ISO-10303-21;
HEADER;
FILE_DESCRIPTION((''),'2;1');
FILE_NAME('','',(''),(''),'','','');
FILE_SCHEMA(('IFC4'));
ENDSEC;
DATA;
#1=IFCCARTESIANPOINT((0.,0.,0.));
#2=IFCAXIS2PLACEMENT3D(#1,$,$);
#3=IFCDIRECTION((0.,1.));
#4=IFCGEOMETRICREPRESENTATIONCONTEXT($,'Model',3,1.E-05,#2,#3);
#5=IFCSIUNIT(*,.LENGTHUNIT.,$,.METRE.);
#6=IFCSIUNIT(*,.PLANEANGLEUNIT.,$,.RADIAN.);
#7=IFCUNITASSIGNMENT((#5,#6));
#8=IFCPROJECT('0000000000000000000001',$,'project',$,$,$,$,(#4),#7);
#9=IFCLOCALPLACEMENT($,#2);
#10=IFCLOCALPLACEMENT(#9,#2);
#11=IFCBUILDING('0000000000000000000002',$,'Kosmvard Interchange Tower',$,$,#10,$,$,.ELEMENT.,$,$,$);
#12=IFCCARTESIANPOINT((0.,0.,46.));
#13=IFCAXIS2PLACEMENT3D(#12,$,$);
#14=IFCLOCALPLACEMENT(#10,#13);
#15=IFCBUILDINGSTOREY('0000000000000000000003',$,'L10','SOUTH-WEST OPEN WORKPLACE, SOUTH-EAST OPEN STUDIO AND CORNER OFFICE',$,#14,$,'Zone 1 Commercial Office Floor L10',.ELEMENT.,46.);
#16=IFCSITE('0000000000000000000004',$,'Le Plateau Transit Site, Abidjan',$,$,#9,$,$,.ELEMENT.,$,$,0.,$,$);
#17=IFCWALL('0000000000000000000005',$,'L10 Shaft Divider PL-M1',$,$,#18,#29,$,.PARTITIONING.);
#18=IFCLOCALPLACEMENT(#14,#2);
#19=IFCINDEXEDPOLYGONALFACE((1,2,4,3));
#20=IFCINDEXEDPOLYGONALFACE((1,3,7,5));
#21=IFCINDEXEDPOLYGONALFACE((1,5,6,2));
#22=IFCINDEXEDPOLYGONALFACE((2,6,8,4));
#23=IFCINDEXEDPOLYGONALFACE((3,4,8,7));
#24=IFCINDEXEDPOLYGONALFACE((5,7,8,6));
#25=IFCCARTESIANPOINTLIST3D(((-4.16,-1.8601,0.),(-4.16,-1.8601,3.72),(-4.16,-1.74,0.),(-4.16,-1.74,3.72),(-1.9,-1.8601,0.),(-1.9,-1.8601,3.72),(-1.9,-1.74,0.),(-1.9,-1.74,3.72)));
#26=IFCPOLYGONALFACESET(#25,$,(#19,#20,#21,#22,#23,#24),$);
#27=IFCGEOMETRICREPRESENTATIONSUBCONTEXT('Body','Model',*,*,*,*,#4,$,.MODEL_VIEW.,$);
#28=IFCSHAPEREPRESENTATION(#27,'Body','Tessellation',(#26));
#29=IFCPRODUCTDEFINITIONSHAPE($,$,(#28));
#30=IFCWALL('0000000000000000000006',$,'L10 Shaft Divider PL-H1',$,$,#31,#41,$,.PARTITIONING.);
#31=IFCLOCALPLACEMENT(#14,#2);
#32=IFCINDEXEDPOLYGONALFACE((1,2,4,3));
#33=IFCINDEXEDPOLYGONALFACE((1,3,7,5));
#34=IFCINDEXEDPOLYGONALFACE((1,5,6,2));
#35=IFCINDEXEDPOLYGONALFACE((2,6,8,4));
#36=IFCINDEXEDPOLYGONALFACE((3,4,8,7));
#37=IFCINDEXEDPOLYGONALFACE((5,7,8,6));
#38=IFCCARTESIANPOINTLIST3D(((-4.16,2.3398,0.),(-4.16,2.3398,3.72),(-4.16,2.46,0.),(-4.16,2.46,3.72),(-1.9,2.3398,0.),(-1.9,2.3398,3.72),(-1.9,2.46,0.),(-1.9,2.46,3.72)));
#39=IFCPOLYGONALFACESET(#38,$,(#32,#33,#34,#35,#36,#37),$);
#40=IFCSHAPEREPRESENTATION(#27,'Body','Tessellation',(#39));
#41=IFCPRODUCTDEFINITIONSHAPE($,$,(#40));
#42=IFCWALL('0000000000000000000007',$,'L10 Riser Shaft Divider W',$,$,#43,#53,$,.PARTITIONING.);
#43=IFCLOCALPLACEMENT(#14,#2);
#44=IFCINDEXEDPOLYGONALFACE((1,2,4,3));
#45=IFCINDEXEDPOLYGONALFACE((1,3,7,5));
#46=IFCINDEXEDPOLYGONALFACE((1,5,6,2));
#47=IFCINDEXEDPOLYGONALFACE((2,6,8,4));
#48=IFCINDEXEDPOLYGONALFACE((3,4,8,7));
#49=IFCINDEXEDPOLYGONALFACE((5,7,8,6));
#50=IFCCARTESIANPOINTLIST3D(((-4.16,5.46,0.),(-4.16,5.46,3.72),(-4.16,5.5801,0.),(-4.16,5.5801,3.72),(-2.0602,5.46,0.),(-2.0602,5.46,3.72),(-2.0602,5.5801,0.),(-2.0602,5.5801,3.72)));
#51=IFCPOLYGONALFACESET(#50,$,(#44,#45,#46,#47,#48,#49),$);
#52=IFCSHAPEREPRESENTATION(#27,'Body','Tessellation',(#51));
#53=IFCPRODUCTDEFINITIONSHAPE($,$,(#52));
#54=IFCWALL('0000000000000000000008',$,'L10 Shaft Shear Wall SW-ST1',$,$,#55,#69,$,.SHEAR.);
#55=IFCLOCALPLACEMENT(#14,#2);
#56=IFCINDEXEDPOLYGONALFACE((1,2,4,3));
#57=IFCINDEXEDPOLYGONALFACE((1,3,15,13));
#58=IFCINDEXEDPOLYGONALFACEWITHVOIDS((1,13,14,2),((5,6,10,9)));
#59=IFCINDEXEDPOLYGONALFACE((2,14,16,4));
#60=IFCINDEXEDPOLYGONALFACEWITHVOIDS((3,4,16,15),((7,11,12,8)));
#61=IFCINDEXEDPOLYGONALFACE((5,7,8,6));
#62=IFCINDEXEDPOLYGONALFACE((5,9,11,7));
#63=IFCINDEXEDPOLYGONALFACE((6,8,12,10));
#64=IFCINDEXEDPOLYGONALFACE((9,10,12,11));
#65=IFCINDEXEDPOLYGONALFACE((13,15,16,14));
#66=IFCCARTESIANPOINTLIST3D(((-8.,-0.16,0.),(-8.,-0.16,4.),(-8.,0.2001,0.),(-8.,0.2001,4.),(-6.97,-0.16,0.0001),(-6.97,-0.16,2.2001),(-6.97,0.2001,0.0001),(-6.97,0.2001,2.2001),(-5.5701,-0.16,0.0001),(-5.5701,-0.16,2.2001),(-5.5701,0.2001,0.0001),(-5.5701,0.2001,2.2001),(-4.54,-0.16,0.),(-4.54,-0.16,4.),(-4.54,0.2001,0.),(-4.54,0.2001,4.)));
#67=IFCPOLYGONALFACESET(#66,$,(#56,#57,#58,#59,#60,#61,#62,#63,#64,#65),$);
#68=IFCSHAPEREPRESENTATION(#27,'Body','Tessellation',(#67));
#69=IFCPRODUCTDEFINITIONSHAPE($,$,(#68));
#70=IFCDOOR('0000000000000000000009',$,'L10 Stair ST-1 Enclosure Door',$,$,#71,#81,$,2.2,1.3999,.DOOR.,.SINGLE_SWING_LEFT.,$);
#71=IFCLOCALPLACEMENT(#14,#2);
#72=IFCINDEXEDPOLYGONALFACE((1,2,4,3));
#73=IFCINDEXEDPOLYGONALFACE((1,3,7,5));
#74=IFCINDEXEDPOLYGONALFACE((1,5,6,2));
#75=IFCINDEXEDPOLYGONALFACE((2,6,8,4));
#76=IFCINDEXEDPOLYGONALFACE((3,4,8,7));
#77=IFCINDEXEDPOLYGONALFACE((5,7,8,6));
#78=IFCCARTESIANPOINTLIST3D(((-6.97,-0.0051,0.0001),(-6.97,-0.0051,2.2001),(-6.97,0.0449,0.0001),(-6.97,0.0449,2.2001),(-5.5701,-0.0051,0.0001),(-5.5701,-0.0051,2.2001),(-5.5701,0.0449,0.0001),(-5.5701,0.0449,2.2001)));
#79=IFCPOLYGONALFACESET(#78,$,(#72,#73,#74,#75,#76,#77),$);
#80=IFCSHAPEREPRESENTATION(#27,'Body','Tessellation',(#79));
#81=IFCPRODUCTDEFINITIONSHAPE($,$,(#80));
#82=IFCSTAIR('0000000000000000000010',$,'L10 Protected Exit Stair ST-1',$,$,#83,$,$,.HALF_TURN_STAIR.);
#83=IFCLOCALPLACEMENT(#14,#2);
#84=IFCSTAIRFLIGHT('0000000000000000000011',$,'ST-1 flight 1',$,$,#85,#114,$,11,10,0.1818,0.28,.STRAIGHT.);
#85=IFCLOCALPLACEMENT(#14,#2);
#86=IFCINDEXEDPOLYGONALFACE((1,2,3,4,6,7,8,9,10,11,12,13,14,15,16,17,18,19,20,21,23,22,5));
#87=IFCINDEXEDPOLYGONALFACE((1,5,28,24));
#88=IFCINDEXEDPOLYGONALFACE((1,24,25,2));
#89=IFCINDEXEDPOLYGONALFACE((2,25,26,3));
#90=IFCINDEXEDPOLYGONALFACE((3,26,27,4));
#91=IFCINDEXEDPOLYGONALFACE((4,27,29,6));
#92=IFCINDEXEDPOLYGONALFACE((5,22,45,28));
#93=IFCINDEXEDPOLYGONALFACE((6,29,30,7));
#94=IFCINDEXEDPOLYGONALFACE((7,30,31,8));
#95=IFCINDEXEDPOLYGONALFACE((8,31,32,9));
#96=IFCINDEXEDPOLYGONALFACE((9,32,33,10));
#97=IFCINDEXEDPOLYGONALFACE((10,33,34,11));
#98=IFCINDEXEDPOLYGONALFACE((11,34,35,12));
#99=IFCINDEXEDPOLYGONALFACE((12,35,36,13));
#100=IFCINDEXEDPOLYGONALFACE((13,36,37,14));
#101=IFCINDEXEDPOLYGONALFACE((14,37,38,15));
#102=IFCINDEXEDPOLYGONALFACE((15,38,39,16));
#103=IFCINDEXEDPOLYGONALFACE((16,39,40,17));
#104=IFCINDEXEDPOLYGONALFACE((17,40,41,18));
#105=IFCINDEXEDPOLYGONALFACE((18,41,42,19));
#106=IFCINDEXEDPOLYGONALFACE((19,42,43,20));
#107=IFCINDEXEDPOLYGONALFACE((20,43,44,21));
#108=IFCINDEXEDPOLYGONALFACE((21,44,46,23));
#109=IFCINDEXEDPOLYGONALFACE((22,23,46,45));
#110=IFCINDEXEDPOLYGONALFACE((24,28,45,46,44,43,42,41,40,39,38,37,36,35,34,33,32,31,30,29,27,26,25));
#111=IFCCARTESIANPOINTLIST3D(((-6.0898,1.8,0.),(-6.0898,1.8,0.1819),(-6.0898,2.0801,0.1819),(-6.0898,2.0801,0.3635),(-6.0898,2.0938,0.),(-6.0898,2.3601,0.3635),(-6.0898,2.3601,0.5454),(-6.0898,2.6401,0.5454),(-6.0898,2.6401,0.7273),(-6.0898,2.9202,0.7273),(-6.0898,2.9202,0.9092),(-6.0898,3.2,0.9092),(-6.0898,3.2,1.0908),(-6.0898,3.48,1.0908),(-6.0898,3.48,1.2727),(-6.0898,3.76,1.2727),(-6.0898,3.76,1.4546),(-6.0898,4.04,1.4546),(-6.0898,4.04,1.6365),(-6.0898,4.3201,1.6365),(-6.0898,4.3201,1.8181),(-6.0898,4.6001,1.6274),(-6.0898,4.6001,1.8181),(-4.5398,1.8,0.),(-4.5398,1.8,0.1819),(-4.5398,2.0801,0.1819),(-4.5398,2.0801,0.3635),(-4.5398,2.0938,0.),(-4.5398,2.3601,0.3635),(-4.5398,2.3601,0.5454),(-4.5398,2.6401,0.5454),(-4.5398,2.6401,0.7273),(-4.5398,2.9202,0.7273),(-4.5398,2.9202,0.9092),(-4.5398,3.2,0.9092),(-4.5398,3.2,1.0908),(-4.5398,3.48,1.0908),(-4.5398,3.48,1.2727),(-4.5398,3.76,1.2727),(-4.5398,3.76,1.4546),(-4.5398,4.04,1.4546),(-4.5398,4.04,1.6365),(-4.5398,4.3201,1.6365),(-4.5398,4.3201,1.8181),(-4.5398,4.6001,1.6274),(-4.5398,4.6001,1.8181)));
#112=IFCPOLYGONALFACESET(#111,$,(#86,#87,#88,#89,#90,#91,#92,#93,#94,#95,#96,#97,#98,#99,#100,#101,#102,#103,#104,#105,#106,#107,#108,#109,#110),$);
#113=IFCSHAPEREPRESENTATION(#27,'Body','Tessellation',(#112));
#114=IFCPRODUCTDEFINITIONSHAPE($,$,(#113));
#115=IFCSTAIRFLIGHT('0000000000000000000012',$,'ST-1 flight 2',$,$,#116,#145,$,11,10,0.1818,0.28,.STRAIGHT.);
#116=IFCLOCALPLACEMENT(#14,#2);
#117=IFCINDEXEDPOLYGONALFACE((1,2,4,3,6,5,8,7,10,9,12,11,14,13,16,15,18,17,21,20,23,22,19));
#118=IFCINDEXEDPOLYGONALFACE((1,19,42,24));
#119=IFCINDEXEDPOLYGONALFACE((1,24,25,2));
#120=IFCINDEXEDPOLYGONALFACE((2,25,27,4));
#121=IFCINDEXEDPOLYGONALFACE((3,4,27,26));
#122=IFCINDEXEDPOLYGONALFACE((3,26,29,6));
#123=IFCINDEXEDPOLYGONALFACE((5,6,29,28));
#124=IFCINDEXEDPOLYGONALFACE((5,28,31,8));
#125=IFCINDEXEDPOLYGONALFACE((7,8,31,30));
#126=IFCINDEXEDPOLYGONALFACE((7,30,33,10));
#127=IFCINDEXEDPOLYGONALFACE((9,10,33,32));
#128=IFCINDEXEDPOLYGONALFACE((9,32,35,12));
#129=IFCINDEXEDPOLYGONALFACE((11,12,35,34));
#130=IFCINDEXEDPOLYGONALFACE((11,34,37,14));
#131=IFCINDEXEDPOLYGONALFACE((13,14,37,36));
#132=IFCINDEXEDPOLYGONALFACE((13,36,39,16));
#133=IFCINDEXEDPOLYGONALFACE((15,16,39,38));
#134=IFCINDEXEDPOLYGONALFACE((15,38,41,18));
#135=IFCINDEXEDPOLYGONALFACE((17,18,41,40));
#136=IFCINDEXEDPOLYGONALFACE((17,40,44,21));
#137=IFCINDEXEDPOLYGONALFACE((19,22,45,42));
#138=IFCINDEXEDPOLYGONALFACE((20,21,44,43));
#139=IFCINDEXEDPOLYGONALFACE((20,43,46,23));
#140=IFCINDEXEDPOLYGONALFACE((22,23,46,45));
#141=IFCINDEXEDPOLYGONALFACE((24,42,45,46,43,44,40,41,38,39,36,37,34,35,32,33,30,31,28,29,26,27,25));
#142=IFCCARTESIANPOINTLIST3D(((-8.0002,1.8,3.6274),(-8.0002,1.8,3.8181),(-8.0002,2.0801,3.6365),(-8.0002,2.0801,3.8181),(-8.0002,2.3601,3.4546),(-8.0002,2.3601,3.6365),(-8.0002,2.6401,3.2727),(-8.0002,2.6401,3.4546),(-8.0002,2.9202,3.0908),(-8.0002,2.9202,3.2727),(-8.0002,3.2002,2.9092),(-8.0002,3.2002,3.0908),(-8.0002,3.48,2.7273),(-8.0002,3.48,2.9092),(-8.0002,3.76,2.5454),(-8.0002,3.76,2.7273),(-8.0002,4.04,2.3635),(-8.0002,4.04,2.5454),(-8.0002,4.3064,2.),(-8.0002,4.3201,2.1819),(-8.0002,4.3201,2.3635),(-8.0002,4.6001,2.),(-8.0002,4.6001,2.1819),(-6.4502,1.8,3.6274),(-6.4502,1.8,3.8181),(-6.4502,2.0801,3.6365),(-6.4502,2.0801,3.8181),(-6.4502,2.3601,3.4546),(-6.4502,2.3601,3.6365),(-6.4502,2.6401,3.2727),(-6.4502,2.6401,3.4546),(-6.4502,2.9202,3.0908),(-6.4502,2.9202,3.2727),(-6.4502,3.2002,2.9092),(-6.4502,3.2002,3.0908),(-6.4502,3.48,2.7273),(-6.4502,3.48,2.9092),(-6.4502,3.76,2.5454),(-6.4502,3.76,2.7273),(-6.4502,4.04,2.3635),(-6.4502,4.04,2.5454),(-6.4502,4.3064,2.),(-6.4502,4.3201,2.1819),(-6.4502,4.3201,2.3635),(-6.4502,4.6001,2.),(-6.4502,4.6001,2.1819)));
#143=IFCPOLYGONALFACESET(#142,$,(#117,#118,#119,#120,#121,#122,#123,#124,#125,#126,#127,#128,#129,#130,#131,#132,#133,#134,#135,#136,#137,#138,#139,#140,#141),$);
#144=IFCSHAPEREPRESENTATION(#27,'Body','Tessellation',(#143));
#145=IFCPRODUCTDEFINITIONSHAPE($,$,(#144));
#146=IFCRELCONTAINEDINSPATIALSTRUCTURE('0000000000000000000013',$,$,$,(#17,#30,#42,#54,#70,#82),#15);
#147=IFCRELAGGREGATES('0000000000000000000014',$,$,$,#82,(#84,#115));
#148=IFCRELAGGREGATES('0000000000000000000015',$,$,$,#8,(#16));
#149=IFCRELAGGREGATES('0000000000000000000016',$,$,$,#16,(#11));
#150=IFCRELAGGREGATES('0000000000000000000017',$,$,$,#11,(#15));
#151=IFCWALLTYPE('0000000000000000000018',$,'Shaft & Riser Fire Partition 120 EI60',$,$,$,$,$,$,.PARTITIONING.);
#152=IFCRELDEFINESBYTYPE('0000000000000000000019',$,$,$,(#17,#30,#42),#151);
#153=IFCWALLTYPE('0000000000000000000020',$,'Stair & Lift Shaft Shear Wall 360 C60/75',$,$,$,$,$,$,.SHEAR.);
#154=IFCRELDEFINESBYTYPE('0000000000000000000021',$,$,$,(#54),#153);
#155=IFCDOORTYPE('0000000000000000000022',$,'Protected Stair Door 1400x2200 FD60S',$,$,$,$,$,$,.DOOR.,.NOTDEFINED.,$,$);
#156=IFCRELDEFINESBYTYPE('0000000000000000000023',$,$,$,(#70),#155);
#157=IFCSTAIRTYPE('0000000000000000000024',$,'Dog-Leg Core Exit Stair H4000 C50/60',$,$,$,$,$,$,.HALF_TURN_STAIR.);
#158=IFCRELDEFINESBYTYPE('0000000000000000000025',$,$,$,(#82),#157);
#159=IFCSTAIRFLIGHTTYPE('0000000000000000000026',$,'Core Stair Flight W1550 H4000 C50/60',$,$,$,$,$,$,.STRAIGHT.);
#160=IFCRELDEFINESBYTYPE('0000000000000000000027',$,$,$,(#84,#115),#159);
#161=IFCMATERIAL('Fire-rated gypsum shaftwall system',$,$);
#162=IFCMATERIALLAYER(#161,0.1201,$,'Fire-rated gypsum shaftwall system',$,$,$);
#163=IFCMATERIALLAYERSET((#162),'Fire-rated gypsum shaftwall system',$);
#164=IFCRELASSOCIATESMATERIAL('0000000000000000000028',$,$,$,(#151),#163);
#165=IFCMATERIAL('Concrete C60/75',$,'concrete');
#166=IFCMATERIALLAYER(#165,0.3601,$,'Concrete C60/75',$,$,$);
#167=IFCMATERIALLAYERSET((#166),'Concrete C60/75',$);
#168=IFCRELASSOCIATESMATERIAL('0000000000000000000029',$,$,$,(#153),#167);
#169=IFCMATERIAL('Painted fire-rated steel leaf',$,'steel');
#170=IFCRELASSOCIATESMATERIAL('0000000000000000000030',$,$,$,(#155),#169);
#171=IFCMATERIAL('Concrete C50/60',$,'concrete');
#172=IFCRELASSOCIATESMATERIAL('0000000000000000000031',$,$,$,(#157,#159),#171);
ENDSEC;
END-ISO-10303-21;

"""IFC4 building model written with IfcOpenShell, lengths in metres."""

from ifc_helpers import new_model, si_unit, direction, frame, frame_2d, origin, place, context, subcontext, project, spatial, polyline, rectangle, outline, extrude, source, transform, mapped, material, layer, layer_set, type_object, element, fill, aggregate, save


model = new_model("IFC4")

# Units and contexts
model_context = context("Model", 3, precision=1e-05, world=origin(), true_north=direction((0.0, 1.0)))
body_context = subcontext(model_context, "Body", "Model", "MODEL_VIEW")
ifc_project = project(units=[si_unit("LENGTHUNIT", "METRE"), si_unit("PLANEANGLEUNIT", "RADIAN")], contexts=[model_context])

# Site, building, storey
site_placement = place(None, origin())
site = spatial("IfcSite", under=ifc_project, at=site_placement, Name="Le Plateau Transit Site, Abidjan", CompositionType="ELEMENT", RefElevation=0.0)
building_placement = place(site_placement, origin())
building = spatial("IfcBuilding", under=site, at=building_placement, Name="Kosmvard Interchange Tower", CompositionType="ELEMENT")
storey_placement = place(building_placement, frame((0.0, 0.0, 46.0)))
storey = spatial("IfcBuildingStorey", under=building, at=storey_placement, Name="L10", Description="SOUTH-WEST OPEN WORKPLACE, SOUTH-EAST OPEN STUDIO AND CORNER OFFICE", LongName="Zone 1 Commercial Office Floor L10", CompositionType="ELEMENT", Elevation=46.0)

# Shared definitions
ifc_material_1 = material(Name="Concrete C60/75", Category="concrete")

# Shared definitions
ifc_material_2 = material(Name="Painted fire-rated steel leaf", Category="steel")

# Walls
ifc_material_3 = material(Name="Fire-rated gypsum shaftwall system")
ifc_layer_1 = layer(ifc_material_3, 0.1201, Name="Fire-rated gypsum shaftwall system")
ifc_layer_set_1 = layer_set([ifc_layer_1], Name="Fire-rated gypsum shaftwall system")
wall_type_1 = type_object("IfcWallType", Name="Shaft & Riser Fire Partition 120 EI60", PredefinedType="PARTITIONING", material=ifc_layer_set_1)
for number, where, z_axis, x_axis, name in (
    (1, (-4.1599, -1.8, 0.0), (0.0, 0.0, 1.0), (1.0, 0.0, 0.0), "L10 Shaft Divider PL-M1"),
    (2, (-4.1599, 2.3999, 0.0), (0.0, 0.0, 1.0), (1.0, 0.0, 0.0), "L10 Shaft Divider PL-H1"),
):
    element("IfcWall", number, at=place(storey_placement, frame(where, z_axis=z_axis, x_axis=x_axis)), inside=storey, type_object=wall_type_1, Name=name, PredefinedType="PARTITIONING", context=body_context, shape_type="SweptSolid", body=[
        extrude(rectangle(XDim=2.26, YDim=0.1201, at=frame_2d((1.1299, 0.0))), origin(), (0.0, 0.0, 1.0), 3.72),
    ])
wall_1_placement = place(storey_placement, frame((-4.1599, 5.52, 0.0), z_axis=(0.0, 0.0, 1.0), x_axis=(1.0, 0.0, 0.0)))
element("IfcWall", 3, at=wall_1_placement, inside=storey, type_object=wall_type_1, Name="L10 Riser Shaft Divider W", PredefinedType="PARTITIONING", context=body_context, shape_type="SweptSolid", body=[
    extrude(rectangle(XDim=2.0999, YDim=0.1201, at=frame_2d((1.0498, 0.0))), origin(), (0.0, 0.0, 1.0), 3.72),
])

# Wall, opening, door
ifc_layer_2 = layer(ifc_material_1, 0.3601, Name="Concrete C60/75")
ifc_layer_set_2 = layer_set([ifc_layer_2], Name="Concrete C60/75")
wall_type_2 = type_object("IfcWallType", Name="Stair & Lift Shaft Shear Wall 360 C60/75", PredefinedType="SHEAR", material=ifc_layer_set_2)
wall_2_placement = place(storey_placement, frame((-8.0, 0.02, 0.0), z_axis=(0.0, 0.0, 1.0), x_axis=(1.0, 0.0, 0.0)))
wall_2 = element("IfcWall", 4, at=wall_2_placement, inside=storey, type_object=wall_type_2, Name="L10 Shaft Shear Wall SW-ST1", PredefinedType="SHEAR", context=body_context, shape_type="SweptSolid", body=[
    extrude(rectangle(XDim=3.46, YDim=0.3601, at=frame_2d((1.73, 0.0))), origin(), (0.0, 0.0, 1.0), 4.0),
])
opening_1_placement = place(wall_2_placement, frame((1.03, 0.0, 0.0)))
opening_1 = element("IfcOpeningElement", 5, at=opening_1_placement, cuts=wall_2, PredefinedType="OPENING", context=body_context, shape_type="SweptSolid", body=[
    extrude(rectangle(XDim=1.3999, YDim=2.2, at=frame_2d((0.7, 1.1001))), frame((0.0, 0.1899, 0.0), z_axis=(0.0, -1.0, 0.0), x_axis=(1.0, 0.0, 0.0)), (0.0, 0.0, 1.0), 0.3801),
])
door_type_1 = type_object("IfcDoorType", Name="Protected Stair Door 1400x2200 FD60S", OperationType="NOTDEFINED", PredefinedType="DOOR", material=ifc_material_2)
shared_shape_1 = source(origin(), body_context, "Body", "SweptSolid", [
    extrude(rectangle(XDim=1.3999, YDim=2.2, at=frame_2d((0.7, 1.1001))), frame((0.0, 0.0249, 0.0), z_axis=(0.0, -1.0, 0.0), x_axis=(1.0, 0.0, 0.0)), (0.0, 0.0, 1.0), 0.05),
])
door_1_placement = place(opening_1_placement, origin())
door_1 = element("IfcDoor", 6, at=door_1_placement, inside=storey, type_object=door_type_1, Name="L10 Stair ST-1 Enclosure Door", OperationType="SINGLE_SWING_LEFT", OverallHeight=2.2, OverallWidth=1.3999, PredefinedType="DOOR", context=body_context, shape_type="MappedRepresentation", body=[
    mapped(shared_shape_1, transform((0.0, 0.0, 0.0), scale=1.0)),
])
fill(opening_1, door_1)

# Stair, stair flights
ifc_material_4 = material(Name="Concrete C50/60", Category="concrete")
stair_type = type_object("IfcStairType", Name="Dog-Leg Core Exit Stair H4000 C50/60", PredefinedType="HALF_TURN_STAIR", material=ifc_material_4)
stair_placement = place(storey_placement, origin())
stair = element("IfcStair", 7, at=stair_placement, inside=storey, type_object=stair_type, Name="L10 Protected Exit Stair ST-1", PredefinedType="HALF_TURN_STAIR")
stair_flight_type = type_object("IfcStairFlightType", Name="Core Stair Flight W1550 H4000 C50/60", PredefinedType="STRAIGHT", material=ifc_material_4)
shared_shape_2 = source(origin(), body_context, "Body", "SweptSolid", [
    extrude(outline(polyline([(0.0, 0.0), (0.0, 0.1819), (0.28, 0.1819), (0.28, 0.3635), (0.5601, 0.3635), (0.5601, 0.5454), (0.8401, 0.5454), (0.8401, 0.7273), (1.1201, 0.7273), (1.1201, 0.9092), (1.3999, 0.9092), (1.3999, 1.0908), (1.6799, 1.0908), (1.6799, 1.2727), (1.96, 1.2727), (1.96, 1.4546), (2.24, 1.4546), (2.24, 1.6365), (2.52, 1.6365), (2.52, 1.8181), (2.8, 1.8181), (2.8, 2.0), (2.8, 1.6274), (0.2937, 0.0), (0.0, 0.0)])), frame((0.0, 0.7749, 0.0), z_axis=(0.0, -1.0, 0.0), x_axis=(1.0, 0.0, 0.0)), (0.0, 0.0, 1.0), 1.55),
])
stair_flight_1_placement = place(storey_placement, frame((-5.3149, 1.8, 0.0), z_axis=(0.0, 0.0, 1.0), x_axis=(0.0, 1.0, 0.0)))
stair_flight_1 = element("IfcStairFlight", 8, at=stair_flight_1_placement, type_object=stair_flight_type, Name="ST-1 flight 1", NumberOfRisers=11, NumberOfTreads=10, PredefinedType="STRAIGHT", RiserHeight=0.1818, TreadLength=0.28, context=body_context, shape_type="MappedRepresentation", body=[
    mapped(shared_shape_2, transform((0.0, 0.0, 0.0), scale=1.0)),
])
stair_flight_2_placement = place(storey_placement, frame((-7.2251, 4.6001, 2.0), z_axis=(0.0, 0.0, 1.0), x_axis=(0.0, -1.0, 0.0)))
stair_flight_2 = element("IfcStairFlight", 9, at=stair_flight_2_placement, type_object=stair_flight_type, Name="ST-1 flight 2", NumberOfRisers=11, NumberOfTreads=10, PredefinedType="STRAIGHT", RiserHeight=0.1818, TreadLength=0.28, context=body_context, shape_type="MappedRepresentation", body=[
    mapped(shared_shape_2, transform((0.0, 0.0, 0.0), scale=1.0)),
])
aggregate(stair, [stair_flight_1, stair_flight_2])

save(model, "model.ifc")
